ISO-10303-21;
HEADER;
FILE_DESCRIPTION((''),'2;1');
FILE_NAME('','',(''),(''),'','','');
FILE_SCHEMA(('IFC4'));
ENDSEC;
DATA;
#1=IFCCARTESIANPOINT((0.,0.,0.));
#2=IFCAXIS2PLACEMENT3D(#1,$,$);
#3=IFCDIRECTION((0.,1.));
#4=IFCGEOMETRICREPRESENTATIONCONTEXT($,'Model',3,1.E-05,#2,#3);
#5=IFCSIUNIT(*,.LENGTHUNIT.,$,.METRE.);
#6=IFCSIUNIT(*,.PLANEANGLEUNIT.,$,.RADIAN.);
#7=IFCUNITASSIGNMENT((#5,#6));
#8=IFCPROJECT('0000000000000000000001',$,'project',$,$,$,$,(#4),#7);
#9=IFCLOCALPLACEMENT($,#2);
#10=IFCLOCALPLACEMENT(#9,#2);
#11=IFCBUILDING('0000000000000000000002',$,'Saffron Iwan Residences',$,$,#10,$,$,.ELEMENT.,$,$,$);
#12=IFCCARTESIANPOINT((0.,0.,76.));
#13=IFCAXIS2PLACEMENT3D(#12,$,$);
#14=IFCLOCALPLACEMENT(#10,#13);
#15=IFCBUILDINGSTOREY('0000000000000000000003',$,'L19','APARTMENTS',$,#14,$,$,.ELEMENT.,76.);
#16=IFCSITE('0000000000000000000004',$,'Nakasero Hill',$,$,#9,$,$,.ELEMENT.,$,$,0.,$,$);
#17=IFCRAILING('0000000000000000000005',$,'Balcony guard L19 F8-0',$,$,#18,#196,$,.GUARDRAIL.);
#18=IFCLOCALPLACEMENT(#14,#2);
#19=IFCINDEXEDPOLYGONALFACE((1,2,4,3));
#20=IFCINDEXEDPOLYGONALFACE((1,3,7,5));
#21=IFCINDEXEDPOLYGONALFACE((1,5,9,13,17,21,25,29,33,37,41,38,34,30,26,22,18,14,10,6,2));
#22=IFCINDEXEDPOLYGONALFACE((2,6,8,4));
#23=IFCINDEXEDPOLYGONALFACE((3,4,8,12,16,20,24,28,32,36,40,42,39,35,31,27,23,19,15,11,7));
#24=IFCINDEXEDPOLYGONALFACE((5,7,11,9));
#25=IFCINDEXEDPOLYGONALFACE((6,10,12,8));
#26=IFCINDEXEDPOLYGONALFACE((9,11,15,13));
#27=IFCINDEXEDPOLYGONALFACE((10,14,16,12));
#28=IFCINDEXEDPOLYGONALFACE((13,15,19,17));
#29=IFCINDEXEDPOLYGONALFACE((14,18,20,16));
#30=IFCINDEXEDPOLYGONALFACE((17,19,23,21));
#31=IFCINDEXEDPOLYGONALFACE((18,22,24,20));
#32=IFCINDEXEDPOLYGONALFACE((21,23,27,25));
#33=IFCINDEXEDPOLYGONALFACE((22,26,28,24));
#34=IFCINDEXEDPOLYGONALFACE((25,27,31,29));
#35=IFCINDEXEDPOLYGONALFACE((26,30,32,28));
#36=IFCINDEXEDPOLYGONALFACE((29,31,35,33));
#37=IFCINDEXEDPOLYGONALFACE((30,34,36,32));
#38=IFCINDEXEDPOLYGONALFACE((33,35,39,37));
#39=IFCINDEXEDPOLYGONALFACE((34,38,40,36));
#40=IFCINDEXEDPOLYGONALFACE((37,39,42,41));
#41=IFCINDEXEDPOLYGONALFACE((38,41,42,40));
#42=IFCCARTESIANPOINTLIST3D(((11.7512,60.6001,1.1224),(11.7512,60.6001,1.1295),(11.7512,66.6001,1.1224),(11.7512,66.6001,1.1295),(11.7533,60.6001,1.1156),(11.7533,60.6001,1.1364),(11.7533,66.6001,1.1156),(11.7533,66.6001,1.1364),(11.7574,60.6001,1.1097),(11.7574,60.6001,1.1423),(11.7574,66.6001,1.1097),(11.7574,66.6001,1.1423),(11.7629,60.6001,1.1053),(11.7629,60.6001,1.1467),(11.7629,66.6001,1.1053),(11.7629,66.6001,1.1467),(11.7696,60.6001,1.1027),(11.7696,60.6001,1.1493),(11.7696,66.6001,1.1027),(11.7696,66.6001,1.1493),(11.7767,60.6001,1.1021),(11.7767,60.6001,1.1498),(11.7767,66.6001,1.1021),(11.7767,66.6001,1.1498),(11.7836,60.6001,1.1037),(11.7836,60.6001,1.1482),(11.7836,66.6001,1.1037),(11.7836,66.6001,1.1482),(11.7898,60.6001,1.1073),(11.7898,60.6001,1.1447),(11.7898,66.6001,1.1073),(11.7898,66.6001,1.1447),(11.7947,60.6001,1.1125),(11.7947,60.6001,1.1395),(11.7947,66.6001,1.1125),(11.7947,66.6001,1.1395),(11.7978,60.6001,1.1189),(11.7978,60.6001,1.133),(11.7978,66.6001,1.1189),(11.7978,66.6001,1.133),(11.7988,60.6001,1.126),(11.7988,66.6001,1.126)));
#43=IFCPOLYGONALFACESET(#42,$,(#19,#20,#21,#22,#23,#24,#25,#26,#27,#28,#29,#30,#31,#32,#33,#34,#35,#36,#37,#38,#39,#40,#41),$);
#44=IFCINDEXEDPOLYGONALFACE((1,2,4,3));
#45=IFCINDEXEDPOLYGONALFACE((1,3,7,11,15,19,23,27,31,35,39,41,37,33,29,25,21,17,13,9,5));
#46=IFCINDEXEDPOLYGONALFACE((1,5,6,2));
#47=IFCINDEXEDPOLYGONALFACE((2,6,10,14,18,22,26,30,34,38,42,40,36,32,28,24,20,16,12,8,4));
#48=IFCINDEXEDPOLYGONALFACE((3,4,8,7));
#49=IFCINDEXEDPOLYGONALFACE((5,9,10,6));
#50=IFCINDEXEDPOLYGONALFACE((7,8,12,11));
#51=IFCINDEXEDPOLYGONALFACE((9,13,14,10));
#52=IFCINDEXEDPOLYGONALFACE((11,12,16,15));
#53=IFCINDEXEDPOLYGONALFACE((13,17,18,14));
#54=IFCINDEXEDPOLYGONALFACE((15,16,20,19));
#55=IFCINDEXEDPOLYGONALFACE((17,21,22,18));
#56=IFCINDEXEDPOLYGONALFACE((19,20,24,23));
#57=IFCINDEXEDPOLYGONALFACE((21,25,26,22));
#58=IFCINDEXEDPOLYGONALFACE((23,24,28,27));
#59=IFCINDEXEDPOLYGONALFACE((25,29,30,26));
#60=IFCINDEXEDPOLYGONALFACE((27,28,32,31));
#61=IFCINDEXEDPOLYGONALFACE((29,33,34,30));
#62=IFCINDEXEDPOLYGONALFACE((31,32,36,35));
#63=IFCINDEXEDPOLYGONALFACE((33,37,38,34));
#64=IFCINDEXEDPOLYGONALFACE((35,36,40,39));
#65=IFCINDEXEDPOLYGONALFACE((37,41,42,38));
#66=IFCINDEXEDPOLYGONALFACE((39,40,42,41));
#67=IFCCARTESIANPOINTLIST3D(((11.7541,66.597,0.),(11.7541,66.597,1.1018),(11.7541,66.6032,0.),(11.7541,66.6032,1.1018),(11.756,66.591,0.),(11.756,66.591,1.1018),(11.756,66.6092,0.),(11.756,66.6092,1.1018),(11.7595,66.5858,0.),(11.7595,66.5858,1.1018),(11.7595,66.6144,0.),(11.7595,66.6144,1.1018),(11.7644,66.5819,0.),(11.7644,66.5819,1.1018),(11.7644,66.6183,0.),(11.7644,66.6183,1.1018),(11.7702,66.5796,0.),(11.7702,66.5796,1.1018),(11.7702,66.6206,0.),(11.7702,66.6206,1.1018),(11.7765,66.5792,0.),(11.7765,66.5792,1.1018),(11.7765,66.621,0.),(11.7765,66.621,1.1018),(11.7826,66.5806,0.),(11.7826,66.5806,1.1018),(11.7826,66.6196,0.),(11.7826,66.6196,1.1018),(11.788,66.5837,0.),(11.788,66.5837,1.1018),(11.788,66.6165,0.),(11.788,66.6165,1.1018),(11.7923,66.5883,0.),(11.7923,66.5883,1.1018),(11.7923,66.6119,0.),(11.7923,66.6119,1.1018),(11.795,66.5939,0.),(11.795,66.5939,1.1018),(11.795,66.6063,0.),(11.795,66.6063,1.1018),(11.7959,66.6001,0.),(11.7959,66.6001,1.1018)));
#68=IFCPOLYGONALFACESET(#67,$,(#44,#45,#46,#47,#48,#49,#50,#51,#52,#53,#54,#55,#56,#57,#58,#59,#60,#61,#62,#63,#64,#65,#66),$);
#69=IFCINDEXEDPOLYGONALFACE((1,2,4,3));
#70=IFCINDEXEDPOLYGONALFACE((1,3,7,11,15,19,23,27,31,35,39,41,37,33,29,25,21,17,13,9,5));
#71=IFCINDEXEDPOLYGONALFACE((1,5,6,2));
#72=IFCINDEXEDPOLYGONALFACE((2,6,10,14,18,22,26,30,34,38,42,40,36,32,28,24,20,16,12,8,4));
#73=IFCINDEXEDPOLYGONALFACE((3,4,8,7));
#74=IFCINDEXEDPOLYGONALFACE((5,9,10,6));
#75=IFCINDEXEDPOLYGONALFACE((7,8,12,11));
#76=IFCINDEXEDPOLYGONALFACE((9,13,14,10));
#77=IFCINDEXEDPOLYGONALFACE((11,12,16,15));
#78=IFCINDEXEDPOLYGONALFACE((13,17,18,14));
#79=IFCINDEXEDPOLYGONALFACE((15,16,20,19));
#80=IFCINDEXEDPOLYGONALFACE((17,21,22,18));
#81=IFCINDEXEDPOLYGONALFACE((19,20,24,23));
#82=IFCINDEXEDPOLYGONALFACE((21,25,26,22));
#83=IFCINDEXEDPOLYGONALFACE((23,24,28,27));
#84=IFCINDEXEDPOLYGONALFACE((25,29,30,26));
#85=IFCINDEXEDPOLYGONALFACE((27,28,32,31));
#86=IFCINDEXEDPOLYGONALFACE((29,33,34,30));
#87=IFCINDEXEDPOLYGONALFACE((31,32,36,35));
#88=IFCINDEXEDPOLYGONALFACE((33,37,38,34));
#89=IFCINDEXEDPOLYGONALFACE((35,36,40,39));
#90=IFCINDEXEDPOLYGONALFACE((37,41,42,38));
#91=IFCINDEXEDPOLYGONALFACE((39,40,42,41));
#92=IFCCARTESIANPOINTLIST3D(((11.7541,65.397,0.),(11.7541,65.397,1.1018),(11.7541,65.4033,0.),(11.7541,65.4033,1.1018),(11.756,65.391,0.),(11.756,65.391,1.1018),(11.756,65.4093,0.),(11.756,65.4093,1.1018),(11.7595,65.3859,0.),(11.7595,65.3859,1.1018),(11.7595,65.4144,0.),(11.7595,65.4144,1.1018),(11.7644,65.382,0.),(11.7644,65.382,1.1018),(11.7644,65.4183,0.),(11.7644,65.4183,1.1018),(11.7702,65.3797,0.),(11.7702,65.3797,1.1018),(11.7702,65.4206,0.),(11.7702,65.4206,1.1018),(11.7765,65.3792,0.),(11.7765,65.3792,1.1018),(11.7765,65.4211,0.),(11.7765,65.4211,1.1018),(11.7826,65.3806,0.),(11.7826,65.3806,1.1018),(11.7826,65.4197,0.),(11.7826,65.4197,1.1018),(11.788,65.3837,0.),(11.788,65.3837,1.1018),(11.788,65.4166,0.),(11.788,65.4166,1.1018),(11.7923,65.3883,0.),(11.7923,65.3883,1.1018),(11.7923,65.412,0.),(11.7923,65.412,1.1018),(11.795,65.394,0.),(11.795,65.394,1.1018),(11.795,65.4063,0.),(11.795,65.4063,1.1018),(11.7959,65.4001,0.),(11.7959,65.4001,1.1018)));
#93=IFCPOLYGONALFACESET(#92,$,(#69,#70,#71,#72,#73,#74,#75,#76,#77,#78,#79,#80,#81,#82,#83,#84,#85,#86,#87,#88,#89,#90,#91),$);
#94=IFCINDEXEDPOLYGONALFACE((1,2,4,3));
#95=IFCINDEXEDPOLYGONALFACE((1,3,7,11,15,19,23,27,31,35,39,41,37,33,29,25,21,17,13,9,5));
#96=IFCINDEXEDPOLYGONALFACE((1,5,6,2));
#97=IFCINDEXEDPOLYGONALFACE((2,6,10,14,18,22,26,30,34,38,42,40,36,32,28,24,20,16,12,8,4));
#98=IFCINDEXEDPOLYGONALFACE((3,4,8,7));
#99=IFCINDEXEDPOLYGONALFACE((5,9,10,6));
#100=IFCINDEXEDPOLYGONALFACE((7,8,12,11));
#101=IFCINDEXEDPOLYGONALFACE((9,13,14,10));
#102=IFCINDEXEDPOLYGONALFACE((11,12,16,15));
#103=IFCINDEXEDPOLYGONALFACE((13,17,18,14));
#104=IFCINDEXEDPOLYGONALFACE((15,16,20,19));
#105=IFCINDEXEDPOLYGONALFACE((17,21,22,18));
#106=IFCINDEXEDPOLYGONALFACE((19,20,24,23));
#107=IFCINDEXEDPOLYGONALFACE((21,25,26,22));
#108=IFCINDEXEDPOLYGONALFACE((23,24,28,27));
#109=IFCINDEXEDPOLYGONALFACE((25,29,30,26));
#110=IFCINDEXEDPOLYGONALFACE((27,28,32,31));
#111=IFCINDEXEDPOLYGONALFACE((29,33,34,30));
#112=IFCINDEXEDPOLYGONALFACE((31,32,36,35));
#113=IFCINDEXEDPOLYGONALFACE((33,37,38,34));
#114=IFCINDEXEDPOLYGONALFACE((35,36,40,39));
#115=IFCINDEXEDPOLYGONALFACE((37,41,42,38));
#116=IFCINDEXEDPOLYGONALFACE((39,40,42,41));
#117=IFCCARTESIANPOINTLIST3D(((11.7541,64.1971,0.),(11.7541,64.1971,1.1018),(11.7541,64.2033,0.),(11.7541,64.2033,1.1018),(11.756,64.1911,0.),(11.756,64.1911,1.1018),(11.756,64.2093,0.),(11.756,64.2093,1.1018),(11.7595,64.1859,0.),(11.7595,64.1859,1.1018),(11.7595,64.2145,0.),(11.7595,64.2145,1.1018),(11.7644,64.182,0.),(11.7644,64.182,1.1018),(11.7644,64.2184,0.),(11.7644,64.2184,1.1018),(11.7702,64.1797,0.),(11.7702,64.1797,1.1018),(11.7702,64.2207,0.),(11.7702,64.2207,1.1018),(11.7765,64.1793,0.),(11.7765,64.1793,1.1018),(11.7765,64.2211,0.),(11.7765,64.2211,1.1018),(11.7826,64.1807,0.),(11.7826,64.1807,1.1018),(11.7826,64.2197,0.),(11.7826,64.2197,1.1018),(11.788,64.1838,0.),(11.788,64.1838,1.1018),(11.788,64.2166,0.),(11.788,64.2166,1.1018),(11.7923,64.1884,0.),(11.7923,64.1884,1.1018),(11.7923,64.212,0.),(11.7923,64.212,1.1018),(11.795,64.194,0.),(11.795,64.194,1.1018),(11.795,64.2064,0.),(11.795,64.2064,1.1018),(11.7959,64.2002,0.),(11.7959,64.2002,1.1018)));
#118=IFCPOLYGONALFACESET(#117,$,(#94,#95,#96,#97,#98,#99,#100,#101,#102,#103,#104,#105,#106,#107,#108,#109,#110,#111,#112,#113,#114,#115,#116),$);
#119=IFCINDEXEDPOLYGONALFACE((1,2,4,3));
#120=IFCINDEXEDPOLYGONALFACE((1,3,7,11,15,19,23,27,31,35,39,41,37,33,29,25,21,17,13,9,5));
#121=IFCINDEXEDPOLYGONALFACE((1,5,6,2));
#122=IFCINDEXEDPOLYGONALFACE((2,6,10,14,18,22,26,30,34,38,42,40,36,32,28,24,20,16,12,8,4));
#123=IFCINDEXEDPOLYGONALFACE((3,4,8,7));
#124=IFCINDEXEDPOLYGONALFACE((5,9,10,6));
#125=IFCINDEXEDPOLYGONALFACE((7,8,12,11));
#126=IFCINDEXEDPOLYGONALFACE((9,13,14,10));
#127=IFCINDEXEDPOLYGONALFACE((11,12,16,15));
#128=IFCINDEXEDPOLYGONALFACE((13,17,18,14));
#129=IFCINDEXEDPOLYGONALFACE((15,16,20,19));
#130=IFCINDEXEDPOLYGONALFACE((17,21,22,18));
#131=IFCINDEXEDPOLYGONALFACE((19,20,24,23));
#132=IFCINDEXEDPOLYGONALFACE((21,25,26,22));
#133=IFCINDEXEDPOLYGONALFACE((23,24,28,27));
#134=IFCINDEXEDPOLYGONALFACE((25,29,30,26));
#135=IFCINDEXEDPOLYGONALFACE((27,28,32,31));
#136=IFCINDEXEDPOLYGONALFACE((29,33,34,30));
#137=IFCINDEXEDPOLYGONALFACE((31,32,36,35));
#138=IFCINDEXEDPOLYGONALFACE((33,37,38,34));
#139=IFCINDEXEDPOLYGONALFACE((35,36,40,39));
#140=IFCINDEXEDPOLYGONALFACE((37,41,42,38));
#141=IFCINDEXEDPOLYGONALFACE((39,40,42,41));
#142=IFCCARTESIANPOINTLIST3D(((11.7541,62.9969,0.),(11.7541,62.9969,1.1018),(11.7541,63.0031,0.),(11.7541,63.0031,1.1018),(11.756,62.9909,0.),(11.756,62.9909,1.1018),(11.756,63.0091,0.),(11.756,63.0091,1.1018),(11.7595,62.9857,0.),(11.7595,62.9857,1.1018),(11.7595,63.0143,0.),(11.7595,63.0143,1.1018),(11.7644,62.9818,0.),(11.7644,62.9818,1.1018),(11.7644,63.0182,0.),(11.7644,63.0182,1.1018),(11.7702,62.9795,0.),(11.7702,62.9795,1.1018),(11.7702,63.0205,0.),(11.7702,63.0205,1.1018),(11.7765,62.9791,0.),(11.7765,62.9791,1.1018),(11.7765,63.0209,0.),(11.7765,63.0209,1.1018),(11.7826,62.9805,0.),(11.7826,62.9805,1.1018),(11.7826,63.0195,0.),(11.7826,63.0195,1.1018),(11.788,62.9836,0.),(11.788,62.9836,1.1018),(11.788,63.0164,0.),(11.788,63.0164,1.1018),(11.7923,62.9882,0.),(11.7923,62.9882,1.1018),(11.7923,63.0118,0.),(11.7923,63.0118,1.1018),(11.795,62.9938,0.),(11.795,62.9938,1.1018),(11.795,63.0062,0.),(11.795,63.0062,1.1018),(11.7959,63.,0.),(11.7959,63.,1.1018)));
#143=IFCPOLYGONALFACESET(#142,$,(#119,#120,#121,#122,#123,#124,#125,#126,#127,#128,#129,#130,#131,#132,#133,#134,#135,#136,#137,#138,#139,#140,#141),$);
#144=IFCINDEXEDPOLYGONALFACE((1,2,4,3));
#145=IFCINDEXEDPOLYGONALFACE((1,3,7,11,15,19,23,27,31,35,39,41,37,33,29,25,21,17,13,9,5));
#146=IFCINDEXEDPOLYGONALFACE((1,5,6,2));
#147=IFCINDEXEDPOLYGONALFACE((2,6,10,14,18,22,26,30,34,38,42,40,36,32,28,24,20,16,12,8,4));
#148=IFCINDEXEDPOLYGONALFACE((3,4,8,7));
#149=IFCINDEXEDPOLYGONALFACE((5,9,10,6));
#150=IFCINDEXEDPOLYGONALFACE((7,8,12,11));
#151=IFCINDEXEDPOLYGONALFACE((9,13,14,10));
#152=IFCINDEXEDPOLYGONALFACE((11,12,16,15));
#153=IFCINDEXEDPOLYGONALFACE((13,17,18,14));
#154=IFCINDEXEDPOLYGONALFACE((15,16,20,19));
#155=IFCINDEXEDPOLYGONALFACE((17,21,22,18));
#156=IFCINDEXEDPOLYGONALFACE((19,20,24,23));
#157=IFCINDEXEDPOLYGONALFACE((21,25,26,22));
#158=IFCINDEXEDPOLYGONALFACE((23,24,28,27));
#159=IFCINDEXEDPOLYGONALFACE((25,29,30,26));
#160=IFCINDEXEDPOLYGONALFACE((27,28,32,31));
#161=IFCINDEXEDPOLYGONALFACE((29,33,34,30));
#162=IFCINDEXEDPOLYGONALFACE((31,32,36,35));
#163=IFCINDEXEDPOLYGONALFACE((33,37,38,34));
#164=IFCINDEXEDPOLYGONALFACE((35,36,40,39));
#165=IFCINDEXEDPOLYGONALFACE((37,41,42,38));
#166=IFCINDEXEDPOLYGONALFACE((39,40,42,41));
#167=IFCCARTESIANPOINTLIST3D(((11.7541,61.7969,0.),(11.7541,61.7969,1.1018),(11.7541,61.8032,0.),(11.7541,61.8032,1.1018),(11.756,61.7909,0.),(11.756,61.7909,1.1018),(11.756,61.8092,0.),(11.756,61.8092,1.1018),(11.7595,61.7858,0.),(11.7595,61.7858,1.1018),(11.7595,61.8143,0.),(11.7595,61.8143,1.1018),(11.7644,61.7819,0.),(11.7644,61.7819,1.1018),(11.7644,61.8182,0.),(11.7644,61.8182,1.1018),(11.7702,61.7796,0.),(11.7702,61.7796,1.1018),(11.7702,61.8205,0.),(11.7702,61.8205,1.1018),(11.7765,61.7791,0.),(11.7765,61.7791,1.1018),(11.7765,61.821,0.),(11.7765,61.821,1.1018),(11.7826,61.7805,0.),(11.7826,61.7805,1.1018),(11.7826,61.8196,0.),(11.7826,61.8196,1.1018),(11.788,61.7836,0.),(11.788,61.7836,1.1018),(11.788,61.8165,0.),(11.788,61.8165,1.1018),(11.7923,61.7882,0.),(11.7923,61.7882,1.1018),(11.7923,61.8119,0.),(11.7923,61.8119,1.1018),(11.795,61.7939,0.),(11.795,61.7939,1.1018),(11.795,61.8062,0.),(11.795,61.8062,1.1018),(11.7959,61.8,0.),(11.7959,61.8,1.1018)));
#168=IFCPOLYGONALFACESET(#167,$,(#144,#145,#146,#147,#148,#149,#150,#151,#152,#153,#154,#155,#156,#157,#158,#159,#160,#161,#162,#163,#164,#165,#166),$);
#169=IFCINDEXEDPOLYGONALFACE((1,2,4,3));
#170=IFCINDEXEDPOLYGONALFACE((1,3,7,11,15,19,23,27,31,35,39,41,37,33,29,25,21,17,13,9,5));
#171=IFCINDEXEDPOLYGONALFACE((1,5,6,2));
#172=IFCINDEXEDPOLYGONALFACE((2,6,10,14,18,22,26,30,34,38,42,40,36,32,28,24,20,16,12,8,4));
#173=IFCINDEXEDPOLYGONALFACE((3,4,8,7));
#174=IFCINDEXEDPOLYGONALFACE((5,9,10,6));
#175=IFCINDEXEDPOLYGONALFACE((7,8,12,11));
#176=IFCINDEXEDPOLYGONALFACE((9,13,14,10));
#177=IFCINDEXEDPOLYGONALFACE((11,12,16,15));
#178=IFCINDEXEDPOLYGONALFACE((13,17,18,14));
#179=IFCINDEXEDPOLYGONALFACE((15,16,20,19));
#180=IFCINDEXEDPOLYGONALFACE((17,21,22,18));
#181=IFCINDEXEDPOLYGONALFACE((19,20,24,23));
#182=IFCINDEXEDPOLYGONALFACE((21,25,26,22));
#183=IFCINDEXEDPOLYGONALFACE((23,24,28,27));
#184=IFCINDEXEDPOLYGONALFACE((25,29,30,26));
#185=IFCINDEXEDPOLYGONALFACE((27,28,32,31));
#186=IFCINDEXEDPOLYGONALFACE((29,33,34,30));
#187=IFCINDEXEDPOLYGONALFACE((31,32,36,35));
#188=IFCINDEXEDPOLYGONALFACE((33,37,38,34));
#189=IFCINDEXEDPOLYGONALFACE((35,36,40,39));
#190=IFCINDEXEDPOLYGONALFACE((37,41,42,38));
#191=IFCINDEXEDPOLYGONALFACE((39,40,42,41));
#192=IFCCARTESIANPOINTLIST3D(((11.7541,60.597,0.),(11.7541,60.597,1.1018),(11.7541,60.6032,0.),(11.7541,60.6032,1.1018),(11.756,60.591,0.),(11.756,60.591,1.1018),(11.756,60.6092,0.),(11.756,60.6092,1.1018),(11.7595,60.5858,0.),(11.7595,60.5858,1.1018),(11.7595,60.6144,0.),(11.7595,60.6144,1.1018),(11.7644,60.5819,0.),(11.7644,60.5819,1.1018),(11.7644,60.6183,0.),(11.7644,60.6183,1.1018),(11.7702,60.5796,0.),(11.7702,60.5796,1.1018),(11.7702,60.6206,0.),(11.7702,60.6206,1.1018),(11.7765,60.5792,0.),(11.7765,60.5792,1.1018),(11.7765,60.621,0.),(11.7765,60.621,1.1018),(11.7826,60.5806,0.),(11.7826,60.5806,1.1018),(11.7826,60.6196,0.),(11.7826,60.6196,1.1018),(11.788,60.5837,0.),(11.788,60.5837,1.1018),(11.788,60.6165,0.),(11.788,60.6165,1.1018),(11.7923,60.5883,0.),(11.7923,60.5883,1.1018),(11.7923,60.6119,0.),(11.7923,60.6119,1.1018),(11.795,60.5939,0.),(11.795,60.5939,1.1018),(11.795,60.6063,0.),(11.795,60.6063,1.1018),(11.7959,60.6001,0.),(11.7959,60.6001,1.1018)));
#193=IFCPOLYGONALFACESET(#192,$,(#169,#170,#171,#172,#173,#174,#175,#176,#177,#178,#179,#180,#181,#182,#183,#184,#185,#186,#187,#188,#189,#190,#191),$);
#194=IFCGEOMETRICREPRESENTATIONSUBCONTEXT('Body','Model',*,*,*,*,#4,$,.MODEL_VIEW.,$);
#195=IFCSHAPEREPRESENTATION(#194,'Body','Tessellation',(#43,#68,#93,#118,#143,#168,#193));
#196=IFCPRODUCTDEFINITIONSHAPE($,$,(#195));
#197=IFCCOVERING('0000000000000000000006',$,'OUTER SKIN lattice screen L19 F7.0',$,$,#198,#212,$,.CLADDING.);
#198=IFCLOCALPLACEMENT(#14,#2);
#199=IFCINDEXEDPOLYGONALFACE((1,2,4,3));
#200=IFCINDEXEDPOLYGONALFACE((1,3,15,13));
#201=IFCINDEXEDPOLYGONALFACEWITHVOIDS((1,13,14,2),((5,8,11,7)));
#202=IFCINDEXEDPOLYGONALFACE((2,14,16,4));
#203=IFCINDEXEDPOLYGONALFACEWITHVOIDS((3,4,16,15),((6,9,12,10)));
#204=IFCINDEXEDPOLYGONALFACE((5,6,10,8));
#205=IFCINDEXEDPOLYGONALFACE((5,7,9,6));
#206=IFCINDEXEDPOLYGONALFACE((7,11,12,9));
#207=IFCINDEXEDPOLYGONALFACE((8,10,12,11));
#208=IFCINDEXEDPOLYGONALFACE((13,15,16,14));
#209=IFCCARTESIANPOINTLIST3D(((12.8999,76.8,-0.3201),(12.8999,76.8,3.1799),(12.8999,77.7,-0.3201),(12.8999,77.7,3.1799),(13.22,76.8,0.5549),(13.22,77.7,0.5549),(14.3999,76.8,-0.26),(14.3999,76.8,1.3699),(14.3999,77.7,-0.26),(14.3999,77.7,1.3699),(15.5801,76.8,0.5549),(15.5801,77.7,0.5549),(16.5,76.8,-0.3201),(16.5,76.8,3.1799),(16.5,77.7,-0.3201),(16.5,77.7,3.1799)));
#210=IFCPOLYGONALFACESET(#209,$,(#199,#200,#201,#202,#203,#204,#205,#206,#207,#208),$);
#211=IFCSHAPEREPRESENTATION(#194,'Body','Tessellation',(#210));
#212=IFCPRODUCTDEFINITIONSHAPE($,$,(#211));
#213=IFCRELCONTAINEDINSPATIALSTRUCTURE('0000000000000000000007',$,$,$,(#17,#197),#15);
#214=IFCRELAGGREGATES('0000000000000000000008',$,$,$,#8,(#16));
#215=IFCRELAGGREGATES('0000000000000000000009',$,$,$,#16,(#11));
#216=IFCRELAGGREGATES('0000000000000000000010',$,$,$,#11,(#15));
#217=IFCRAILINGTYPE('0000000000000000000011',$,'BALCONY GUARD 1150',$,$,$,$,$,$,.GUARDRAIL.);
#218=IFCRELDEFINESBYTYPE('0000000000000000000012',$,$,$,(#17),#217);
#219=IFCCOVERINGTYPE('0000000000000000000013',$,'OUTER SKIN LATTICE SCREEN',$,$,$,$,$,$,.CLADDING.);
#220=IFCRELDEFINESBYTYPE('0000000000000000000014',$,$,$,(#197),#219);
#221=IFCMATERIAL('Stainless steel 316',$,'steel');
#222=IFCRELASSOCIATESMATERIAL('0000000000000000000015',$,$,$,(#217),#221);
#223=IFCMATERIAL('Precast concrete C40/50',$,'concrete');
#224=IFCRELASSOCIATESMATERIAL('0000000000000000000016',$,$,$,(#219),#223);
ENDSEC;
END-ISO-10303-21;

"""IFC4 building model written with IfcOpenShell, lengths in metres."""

from ifc_helpers import new_model, si_unit, direction, frame, origin, origin_2d, place, context, subcontext, project, spatial, polyline, circle, outline, extrude, material, type_object, element, save


model = new_model("IFC4")

# Units and contexts
model_context = context("Model", 3, precision=1e-05, world=origin(), true_north=direction((0.0, 1.0)))
body_context = subcontext(model_context, "Body", "Model", "MODEL_VIEW")
ifc_project = project(units=[si_unit("LENGTHUNIT", "METRE"), si_unit("PLANEANGLEUNIT", "RADIAN")], contexts=[model_context])

# Site, building, storey
site_placement = place(None, origin())
site = spatial("IfcSite", under=ifc_project, at=site_placement, Name="Nakasero Hill", CompositionType="ELEMENT", RefElevation=0.0)
building_placement = place(site_placement, origin())
building = spatial("IfcBuilding", under=site, at=building_placement, Name="Saffron Iwan Residences", CompositionType="ELEMENT")
storey_placement = place(building_placement, frame((0.0, 0.0, 76.0)))
storey = spatial("IfcBuildingStorey", under=building, at=storey_placement, Name="L19", Description="APARTMENTS", CompositionType="ELEMENT", Elevation=76.0)

# Railing
ifc_material_1 = material(Name="Stainless steel 316", Category="steel")
railing_type = type_object("IfcRailingType", Name="BALCONY GUARD 1150", PredefinedType="GUARDRAIL", material=ifc_material_1)
railing_placement = place(storey_placement, frame((11.7749, 66.6001, 0.0)))
element("IfcRailing", 1, at=railing_placement, inside=storey, type_object=railing_type, Name="Balcony guard L19 F8-0", PredefinedType="GUARDRAIL", context=body_context, shape_type="SweptSolid", body=[
    extrude(circle(Radius=0.0239, at=origin_2d()), frame((0.0, 0.0, 1.126), z_axis=(0.0, -1.0, 0.0), x_axis=(1.0, 0.0, 0.0)), (0.0, 0.0, 1.0), 6.0),
    extrude(circle(Radius=0.021, at=origin_2d()), origin(), (0.0, 0.0, 1.0), 1.1018),
    extrude(circle(Radius=0.021, at=origin_2d()), frame((0.0, -1.2, 0.0)), (0.0, 0.0, 1.0), 1.1018),
    extrude(circle(Radius=0.021, at=origin_2d()), frame((0.0, -2.3999, 0.0)), (0.0, 0.0, 1.0), 1.1018),
    extrude(circle(Radius=0.021, at=origin_2d()), frame((0.0, -3.6001, 0.0)), (0.0, 0.0, 1.0), 1.1018),
    extrude(circle(Radius=0.021, at=origin_2d()), frame((0.0, -4.8, 0.0)), (0.0, 0.0, 1.0), 1.1018),
    extrude(circle(Radius=0.021, at=origin_2d()), frame((0.0, -6.0, 0.0)), (0.0, 0.0, 1.0), 1.1018),
])

# Covering
ifc_material_2 = material(Name="Precast concrete C40/50", Category="concrete")
covering_type = type_object("IfcCoveringType", Name="OUTER SKIN LATTICE SCREEN", PredefinedType="CLADDING", material=ifc_material_2)
covering_1_placement = place(storey_placement, frame((16.5, 76.8, -0.3201), z_axis=(0.0, 1.0, 0.0), x_axis=(-1.0, 0.0, 0.0)))
element("IfcCovering", 2, at=covering_1_placement, inside=storey, type_object=covering_type, Name="OUTER SKIN lattice screen L19 F7.0", PredefinedType="CLADDING", context=body_context, shape_type="SweptSolid", body=[
    extrude(outline(polyline([(0.0, 0.0), (3.6001, 0.0), (3.6001, 3.5), (0.0, 3.5), (0.0, 0.0)]), holes=[polyline([(0.9199, 0.875), (2.1001, 0.0601), (3.28, 0.875), (2.1001, 1.6899), (0.9199, 0.875)])]), origin(), (0.0, 0.0, 1.0), 0.8999),
])

save(model, "model.ifc")
